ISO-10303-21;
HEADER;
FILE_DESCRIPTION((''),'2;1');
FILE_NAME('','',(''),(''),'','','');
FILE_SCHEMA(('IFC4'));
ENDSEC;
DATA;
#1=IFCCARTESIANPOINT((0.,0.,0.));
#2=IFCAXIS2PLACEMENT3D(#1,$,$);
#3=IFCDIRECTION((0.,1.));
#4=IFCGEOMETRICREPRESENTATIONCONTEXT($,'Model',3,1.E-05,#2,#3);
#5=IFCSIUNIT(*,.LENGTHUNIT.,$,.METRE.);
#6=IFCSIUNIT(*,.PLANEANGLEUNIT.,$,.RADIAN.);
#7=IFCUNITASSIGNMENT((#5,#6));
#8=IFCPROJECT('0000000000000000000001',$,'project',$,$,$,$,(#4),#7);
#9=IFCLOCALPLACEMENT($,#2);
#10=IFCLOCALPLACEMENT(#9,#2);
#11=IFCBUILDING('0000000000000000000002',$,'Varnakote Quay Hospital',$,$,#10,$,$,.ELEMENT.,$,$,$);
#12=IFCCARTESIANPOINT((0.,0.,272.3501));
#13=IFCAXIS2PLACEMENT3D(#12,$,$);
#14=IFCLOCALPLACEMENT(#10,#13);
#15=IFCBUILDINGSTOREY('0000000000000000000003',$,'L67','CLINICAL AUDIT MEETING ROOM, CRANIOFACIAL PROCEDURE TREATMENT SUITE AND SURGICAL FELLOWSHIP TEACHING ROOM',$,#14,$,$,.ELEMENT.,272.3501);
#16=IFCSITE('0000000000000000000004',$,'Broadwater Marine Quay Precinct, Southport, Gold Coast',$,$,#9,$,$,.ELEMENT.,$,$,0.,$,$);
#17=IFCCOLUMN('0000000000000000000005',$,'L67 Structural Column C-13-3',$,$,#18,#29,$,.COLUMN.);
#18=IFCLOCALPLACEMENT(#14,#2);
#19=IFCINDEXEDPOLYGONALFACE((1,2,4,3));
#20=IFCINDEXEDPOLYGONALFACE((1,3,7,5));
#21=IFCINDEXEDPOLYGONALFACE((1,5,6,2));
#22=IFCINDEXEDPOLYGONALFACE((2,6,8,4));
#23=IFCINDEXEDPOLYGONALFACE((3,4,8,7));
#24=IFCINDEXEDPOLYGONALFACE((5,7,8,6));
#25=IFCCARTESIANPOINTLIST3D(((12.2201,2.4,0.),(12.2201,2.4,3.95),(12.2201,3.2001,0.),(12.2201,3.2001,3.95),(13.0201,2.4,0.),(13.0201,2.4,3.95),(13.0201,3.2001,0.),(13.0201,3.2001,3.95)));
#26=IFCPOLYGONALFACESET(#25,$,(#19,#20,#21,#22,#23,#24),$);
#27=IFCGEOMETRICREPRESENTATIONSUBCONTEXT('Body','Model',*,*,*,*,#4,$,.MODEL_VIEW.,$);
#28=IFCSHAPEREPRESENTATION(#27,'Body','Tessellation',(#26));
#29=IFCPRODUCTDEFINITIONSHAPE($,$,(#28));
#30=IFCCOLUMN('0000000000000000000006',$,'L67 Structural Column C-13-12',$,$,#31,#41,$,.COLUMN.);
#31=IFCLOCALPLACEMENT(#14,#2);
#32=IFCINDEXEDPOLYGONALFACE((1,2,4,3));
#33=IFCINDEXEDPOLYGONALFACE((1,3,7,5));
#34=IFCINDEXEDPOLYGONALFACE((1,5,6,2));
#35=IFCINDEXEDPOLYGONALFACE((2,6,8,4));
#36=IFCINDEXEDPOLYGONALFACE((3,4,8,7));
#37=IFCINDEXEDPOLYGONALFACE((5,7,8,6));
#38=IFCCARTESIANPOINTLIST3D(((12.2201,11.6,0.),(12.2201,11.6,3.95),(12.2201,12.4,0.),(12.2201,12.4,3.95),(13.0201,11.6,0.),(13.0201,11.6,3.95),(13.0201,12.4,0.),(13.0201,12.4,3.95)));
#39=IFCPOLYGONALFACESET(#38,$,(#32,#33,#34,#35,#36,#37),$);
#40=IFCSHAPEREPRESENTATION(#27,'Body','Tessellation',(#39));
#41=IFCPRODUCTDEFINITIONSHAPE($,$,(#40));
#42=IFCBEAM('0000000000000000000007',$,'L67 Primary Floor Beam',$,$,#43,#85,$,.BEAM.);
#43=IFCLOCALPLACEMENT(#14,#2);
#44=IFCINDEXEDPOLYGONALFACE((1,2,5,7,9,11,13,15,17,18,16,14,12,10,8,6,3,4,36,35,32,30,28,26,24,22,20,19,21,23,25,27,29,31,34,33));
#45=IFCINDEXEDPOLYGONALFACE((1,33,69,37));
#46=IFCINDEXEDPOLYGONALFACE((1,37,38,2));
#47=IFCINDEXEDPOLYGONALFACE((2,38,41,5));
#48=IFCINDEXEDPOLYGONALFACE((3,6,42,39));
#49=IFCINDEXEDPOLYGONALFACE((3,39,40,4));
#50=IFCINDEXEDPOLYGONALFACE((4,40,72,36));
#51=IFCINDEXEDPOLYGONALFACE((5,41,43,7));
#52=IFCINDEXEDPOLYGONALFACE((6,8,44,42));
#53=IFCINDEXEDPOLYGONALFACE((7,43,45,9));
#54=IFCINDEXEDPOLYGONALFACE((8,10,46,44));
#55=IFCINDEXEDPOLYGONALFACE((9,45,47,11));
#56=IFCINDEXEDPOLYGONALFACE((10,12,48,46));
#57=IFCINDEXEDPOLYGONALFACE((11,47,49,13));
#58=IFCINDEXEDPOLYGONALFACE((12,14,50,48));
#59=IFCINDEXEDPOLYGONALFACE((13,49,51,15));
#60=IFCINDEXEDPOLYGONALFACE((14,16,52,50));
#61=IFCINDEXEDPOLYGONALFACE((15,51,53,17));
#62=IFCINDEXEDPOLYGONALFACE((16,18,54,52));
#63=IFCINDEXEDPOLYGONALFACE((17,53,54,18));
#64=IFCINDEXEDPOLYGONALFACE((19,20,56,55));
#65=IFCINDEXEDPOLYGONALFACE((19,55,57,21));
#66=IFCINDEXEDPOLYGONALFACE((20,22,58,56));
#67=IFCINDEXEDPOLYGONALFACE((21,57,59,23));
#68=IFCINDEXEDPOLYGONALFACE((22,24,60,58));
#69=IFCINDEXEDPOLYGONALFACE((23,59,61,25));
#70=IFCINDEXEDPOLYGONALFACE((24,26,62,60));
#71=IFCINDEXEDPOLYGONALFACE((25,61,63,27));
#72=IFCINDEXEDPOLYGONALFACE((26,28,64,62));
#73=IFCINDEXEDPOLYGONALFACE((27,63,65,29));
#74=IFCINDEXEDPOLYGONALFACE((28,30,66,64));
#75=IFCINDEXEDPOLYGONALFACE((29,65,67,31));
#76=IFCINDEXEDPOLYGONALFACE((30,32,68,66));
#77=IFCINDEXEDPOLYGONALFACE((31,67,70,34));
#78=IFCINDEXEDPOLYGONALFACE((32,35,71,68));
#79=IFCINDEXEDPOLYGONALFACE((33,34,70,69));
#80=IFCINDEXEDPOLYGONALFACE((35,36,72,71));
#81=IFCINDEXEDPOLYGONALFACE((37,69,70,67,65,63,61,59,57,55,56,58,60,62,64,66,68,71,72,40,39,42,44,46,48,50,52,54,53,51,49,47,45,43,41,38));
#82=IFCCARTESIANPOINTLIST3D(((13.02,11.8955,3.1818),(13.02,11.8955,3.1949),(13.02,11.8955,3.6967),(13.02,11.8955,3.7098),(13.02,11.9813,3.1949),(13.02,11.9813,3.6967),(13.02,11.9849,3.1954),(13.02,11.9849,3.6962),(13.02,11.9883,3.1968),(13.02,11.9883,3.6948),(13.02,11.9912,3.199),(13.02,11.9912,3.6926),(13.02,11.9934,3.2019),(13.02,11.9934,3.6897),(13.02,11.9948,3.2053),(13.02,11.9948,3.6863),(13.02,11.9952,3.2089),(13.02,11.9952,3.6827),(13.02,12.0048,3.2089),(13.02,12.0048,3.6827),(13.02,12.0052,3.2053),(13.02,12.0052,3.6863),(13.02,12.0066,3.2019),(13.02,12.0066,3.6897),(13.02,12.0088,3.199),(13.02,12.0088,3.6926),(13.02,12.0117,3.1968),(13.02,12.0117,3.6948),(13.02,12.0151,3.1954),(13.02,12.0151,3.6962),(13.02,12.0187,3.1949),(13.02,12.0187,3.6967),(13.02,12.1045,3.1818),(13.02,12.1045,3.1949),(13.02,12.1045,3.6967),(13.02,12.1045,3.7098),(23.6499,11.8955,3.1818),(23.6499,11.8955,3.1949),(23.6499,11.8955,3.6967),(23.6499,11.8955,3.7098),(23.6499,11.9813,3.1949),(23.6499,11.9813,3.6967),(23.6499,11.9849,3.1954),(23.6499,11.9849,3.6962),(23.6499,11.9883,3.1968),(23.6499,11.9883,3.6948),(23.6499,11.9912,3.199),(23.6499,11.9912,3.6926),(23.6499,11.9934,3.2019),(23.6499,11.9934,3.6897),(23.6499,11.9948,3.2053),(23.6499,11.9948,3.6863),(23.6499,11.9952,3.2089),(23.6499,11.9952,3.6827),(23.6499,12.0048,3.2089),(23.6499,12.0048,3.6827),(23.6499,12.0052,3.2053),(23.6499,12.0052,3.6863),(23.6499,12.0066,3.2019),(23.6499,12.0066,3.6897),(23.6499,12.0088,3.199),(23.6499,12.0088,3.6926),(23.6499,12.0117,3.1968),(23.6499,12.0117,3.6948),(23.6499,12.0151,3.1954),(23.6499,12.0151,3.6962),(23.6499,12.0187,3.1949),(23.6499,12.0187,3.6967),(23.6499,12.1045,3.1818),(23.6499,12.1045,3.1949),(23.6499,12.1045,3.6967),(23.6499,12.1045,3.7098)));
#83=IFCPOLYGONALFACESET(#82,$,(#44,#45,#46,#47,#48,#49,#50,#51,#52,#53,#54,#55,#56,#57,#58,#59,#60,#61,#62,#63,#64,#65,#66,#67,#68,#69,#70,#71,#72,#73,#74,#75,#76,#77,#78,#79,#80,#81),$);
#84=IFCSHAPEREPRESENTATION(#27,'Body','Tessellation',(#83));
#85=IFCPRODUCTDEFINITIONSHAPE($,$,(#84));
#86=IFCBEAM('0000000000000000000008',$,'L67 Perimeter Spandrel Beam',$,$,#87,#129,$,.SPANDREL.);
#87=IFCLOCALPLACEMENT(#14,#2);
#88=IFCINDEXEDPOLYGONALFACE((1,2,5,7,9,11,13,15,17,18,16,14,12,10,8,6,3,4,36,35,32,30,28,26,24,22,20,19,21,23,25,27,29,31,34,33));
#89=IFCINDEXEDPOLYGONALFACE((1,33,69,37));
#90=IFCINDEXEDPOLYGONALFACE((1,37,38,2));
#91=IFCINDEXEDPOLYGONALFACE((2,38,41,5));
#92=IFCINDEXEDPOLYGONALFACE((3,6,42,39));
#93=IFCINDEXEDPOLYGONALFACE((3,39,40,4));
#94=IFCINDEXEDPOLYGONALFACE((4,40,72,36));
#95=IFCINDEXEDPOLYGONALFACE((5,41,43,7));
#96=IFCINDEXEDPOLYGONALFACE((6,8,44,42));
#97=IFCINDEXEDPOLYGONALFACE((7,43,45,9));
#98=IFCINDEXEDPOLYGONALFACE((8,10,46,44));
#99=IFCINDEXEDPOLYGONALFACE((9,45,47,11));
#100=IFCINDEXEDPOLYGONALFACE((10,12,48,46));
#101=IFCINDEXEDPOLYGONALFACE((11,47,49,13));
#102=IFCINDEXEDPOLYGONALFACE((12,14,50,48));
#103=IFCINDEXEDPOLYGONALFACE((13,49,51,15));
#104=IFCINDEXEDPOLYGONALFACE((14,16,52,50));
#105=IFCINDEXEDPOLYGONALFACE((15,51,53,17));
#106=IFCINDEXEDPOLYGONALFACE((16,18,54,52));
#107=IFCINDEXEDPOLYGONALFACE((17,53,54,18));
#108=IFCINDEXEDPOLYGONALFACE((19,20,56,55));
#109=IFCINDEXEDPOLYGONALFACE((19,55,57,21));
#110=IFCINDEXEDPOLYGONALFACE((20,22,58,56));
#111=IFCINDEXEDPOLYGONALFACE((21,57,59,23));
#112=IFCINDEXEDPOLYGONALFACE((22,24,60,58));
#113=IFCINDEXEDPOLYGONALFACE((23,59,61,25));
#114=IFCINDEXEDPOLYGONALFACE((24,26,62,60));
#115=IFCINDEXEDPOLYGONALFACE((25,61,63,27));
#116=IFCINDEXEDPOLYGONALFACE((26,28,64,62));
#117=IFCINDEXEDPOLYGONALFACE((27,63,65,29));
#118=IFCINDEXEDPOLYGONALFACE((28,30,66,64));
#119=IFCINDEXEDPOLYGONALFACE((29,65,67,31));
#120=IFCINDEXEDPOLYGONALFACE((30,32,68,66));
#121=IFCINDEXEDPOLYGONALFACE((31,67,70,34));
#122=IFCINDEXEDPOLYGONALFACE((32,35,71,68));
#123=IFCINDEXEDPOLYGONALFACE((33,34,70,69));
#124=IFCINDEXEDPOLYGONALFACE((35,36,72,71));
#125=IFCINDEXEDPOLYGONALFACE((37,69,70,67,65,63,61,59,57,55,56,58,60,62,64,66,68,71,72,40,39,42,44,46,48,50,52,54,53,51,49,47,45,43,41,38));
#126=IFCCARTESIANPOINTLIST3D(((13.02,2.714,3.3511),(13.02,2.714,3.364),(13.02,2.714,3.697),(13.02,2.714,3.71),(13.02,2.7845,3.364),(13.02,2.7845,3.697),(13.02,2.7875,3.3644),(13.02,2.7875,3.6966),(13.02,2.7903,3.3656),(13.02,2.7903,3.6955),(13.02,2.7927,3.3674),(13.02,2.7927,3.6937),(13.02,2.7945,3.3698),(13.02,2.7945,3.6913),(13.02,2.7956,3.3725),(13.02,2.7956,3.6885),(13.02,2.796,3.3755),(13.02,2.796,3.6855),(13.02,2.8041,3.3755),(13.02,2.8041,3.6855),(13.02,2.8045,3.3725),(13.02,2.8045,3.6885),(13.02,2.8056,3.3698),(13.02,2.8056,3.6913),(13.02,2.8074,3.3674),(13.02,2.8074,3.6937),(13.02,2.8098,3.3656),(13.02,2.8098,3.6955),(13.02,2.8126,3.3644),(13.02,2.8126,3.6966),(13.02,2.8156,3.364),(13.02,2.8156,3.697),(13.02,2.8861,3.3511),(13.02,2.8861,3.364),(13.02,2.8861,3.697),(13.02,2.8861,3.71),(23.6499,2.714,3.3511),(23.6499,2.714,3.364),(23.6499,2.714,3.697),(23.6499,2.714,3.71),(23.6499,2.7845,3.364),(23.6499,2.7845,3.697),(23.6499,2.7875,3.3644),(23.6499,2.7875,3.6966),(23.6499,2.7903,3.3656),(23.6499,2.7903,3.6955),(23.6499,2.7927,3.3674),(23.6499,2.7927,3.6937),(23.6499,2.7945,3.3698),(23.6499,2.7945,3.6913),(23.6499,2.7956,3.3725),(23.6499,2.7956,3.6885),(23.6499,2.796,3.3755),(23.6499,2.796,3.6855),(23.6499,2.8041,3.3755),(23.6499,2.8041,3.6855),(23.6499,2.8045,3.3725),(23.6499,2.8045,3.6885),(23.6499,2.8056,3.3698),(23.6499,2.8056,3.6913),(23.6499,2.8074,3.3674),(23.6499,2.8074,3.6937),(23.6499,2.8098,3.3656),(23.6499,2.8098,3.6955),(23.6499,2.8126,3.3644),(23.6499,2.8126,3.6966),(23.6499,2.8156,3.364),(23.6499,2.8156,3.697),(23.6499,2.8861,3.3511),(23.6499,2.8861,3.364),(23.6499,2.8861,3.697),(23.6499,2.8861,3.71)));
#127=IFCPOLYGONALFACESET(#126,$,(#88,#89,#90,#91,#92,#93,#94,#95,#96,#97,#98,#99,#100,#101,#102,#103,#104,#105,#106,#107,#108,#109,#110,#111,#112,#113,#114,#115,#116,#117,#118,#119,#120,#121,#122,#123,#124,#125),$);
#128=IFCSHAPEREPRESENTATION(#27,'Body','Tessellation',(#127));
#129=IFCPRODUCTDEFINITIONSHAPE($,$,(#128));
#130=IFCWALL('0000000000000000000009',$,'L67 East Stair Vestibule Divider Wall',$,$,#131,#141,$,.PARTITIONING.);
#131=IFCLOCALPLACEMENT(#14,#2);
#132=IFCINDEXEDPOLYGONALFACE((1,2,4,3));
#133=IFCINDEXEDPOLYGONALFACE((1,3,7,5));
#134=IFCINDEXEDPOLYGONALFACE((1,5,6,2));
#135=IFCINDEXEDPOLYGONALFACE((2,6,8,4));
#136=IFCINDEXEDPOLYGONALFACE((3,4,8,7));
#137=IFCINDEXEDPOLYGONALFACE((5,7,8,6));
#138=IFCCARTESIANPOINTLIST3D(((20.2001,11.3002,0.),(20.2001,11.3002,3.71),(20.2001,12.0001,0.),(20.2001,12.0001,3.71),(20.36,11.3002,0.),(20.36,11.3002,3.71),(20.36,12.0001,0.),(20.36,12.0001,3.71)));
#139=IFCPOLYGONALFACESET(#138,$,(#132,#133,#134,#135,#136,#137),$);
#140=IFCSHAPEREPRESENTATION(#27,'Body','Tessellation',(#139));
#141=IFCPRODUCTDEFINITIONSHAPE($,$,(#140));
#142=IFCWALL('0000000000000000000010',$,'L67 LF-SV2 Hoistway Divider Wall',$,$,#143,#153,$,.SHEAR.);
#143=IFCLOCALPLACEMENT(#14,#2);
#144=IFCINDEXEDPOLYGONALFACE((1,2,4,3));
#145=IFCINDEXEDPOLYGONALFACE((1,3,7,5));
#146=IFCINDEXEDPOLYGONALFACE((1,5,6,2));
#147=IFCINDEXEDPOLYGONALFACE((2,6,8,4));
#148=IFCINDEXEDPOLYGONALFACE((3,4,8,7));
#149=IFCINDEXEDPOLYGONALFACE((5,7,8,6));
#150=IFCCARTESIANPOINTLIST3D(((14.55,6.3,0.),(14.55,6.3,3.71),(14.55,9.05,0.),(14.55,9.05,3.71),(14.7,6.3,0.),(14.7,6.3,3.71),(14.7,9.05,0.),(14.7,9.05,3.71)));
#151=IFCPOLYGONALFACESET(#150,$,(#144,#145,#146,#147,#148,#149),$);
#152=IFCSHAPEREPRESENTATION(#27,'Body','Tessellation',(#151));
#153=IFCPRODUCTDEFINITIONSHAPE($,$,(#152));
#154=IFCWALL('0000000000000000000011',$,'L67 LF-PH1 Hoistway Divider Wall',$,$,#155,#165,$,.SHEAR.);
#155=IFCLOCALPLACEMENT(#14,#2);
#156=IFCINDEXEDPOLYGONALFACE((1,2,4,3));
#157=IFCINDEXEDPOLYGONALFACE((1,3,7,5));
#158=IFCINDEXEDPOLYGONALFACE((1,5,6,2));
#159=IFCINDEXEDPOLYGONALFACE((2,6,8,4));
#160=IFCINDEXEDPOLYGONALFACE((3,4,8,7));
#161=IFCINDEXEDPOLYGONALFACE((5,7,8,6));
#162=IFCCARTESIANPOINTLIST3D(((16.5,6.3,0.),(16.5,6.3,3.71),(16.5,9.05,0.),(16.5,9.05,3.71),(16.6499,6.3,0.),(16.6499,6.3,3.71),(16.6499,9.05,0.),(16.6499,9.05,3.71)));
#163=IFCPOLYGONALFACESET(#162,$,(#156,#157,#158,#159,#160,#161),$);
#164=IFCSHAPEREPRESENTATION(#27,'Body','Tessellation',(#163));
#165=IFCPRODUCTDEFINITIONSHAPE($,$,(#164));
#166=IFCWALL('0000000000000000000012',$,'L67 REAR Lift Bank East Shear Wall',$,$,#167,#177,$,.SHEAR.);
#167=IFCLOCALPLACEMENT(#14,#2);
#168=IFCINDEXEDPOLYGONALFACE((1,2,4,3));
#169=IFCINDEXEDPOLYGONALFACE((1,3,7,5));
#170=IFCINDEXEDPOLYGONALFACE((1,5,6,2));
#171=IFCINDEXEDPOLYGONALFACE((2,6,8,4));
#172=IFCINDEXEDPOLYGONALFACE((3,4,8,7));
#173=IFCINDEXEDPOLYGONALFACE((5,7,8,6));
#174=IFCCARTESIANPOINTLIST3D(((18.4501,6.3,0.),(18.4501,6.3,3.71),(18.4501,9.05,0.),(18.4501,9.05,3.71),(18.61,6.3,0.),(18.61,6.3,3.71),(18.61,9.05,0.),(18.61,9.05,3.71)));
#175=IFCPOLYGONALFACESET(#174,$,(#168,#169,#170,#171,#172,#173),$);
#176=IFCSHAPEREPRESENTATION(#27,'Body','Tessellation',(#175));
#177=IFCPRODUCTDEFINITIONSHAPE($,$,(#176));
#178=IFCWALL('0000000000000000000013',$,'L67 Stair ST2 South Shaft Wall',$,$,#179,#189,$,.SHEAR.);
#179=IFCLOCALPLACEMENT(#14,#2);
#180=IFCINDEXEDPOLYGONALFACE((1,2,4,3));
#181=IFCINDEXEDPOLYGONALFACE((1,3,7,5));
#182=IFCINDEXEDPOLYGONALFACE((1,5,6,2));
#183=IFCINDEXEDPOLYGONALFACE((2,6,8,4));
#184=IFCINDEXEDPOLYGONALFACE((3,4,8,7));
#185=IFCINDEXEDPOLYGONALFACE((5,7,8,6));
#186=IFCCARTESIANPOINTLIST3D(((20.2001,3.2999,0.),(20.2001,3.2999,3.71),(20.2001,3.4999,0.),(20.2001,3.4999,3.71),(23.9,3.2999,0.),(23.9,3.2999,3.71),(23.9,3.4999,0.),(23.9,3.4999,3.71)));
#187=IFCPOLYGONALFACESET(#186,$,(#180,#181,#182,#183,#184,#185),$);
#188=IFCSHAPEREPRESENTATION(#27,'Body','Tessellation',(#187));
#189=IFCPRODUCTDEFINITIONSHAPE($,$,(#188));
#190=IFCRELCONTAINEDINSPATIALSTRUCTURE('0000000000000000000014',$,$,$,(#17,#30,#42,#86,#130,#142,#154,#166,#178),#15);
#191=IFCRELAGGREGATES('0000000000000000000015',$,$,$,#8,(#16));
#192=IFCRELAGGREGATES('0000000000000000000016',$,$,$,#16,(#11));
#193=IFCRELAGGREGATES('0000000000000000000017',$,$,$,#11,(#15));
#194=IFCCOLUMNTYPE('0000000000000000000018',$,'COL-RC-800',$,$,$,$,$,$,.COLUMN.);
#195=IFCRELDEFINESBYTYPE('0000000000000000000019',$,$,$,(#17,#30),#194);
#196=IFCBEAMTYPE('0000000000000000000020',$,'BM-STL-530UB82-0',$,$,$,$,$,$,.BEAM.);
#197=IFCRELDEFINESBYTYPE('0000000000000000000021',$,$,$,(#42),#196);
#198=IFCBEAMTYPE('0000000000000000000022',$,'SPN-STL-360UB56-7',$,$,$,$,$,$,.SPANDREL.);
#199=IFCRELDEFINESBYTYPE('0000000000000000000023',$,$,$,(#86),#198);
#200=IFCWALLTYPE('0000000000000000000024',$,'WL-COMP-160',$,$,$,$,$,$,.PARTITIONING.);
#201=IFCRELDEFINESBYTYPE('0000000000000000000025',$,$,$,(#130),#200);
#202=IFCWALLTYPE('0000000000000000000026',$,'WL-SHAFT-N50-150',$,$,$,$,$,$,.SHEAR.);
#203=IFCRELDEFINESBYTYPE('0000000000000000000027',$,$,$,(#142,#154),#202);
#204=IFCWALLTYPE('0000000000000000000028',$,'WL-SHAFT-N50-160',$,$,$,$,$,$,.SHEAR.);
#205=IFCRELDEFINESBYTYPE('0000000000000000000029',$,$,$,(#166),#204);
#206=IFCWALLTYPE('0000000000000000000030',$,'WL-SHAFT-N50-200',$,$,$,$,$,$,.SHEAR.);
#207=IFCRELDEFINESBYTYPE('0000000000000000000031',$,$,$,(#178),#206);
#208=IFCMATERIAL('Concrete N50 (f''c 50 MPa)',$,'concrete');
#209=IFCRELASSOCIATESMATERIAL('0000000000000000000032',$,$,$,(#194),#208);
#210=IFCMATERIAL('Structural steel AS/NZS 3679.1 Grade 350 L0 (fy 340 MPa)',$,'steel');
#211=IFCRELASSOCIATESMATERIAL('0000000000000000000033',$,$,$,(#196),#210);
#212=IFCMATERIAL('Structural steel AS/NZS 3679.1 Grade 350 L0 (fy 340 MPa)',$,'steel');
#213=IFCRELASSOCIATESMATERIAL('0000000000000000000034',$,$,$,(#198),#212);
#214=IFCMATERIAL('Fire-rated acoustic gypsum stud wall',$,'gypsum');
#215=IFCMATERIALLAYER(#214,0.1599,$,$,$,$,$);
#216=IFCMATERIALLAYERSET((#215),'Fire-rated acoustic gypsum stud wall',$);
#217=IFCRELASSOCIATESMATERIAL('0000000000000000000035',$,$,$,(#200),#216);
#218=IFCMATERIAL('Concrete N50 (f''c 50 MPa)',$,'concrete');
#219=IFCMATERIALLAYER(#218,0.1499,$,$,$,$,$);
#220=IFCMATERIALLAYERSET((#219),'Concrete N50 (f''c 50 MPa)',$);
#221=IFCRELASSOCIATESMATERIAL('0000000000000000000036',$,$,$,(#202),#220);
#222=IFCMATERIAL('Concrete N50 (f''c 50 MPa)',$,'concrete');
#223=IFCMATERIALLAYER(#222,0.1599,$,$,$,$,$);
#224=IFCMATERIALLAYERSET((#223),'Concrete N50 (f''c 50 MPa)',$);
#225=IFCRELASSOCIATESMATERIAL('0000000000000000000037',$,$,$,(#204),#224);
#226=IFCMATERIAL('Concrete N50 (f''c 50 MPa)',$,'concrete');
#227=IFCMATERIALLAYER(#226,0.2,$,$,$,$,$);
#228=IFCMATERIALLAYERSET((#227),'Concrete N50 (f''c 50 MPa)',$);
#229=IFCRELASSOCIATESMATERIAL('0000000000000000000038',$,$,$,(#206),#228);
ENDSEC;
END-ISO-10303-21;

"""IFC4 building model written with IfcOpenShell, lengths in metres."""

from ifc_helpers import new_model, si_unit, direction, frame, frame_2d, origin, origin_2d, place, context, subcontext, project, spatial, rectangle, i_section, extrude, material, layer, layer_set, material_profile, profile_set, type_object, element, save


model = new_model("IFC4")

# Units and contexts
model_context = context("Model", 3, precision=1e-05, world=origin(), true_north=direction((0.0, 1.0)))
body_context = subcontext(model_context, "Body", "Model", "MODEL_VIEW")
ifc_project = project(units=[si_unit("LENGTHUNIT", "METRE"), si_unit("PLANEANGLEUNIT", "RADIAN")], contexts=[model_context])

# Site, building, storey
site_placement = place(None, origin())
site = spatial("IfcSite", under=ifc_project, at=site_placement, Name="Broadwater Marine Quay Precinct, Southport, Gold Coast", CompositionType="ELEMENT", RefElevation=0.0)
building_placement = place(site_placement, origin())
building = spatial("IfcBuilding", under=site, at=building_placement, Name="Varnakote Quay Hospital", CompositionType="ELEMENT")
storey_placement = place(building_placement, frame((0.0, 0.0, 272.3501)))
storey = spatial("IfcBuildingStorey", under=building, at=storey_placement, Name="L67", Description="CLINICAL AUDIT MEETING ROOM, CRANIOFACIAL PROCEDURE TREATMENT SUITE AND SURGICAL FELLOWSHIP TEACHING ROOM", CompositionType="ELEMENT", Elevation=272.3501)

# Columns
ifc_material_1 = material(Name="Concrete N50 (f'c 50 MPa)", Category="concrete")
ifc_material_profile_1 = material_profile(ifc_material_1, rectangle(XDim=0.8, YDim=0.8, at=origin_2d()), Name="RC-COL-800x800")
ifc_profile_set_1 = profile_set([ifc_material_profile_1], Name="Concrete N50 (f'c 50 MPa)")
column_type = type_object("IfcColumnType", Name="COL-RC-800", PredefinedType="COLUMN", material=ifc_profile_set_1)
for number, where, z_axis, x_axis, name in (
    (1, (12.6201, 2.8, 0.0), (0.0, 0.0, 1.0), (1.0, 0.0, 0.0), "L67 Structural Column C-13-3"),
    (2, (12.6201, 12.0, 0.0), (0.0, 0.0, 1.0), (1.0, 0.0, 0.0), "L67 Structural Column C-13-12"),
):
    element("IfcColumn", number, at=place(storey_placement, frame(where, z_axis=z_axis, x_axis=x_axis)), inside=storey, type_object=column_type, Name=name, PredefinedType="COLUMN", context=body_context, shape_type="SweptSolid", body=[
        extrude(rectangle(XDim=0.8, YDim=0.8, at=origin_2d()), origin(), (0.0, 0.0, 1.0), 3.95),
    ])

# Beams
ifc_material_2 = material(Name="Structural steel AS/NZS 3679.1 Grade 350 L0 (fy 340 MPa)", Category="steel")
ifc_material_profile_2 = material_profile(ifc_material_2, i_section(OverallWidth=0.209, OverallDepth=0.5281, WebThickness=0.0095, FlangeThickness=0.0132, FilletRadius=0.0139, at=origin_2d()), Name="530UB82.0")
ifc_profile_set_2 = profile_set([ifc_material_profile_2], Name="Structural steel AS/NZS 3679.1 Grade 350 L0 (fy 340 MPa)")
beam_type_1 = type_object("IfcBeamType", Name="BM-STL-530UB82-0", PredefinedType="BEAM", material=ifc_profile_set_2)
beam_1_placement = place(storey_placement, frame((13.02, 12.0, 3.4458), z_axis=(1.0, 0.0, 0.0), x_axis=(0.0, 1.0, 0.0)))
element("IfcBeam", 3, at=beam_1_placement, inside=storey, type_object=beam_type_1, Name="L67 Primary Floor Beam", PredefinedType="BEAM", context=body_context, shape_type="SweptSolid", body=[
    extrude(i_section(OverallWidth=0.209, OverallDepth=0.5281, WebThickness=0.0095, FlangeThickness=0.0132, FilletRadius=0.0139, at=origin_2d()), origin(), (0.0, 0.0, 1.0), 10.6299),
])
ifc_material_3 = material(Name="Structural steel AS/NZS 3679.1 Grade 350 L0 (fy 340 MPa)", Category="steel")
ifc_material_profile_3 = material_profile(ifc_material_3, i_section(OverallWidth=0.1721, OverallDepth=0.3589, WebThickness=0.0081, FlangeThickness=0.0129, FilletRadius=0.0115, at=origin_2d()), Name="360UB56.7")
ifc_profile_set_3 = profile_set([ifc_material_profile_3], Name="Structural steel AS/NZS 3679.1 Grade 350 L0 (fy 340 MPa)")
beam_type_2 = type_object("IfcBeamType", Name="SPN-STL-360UB56-7", PredefinedType="SPANDREL", material=ifc_profile_set_3)
beam_2_placement = place(storey_placement, frame((13.02, 2.8, 3.5305), z_axis=(1.0, 0.0, 0.0), x_axis=(0.0, 1.0, 0.0)))
element("IfcBeam", 4, at=beam_2_placement, inside=storey, type_object=beam_type_2, Name="L67 Perimeter Spandrel Beam", PredefinedType="SPANDREL", context=body_context, shape_type="SweptSolid", body=[
    extrude(i_section(OverallWidth=0.1721, OverallDepth=0.3589, WebThickness=0.0081, FlangeThickness=0.0129, FilletRadius=0.0115, at=origin_2d()), origin(), (0.0, 0.0, 1.0), 10.6299),
])

# Walls
ifc_material_4 = material(Name="Fire-rated acoustic gypsum stud wall", Category="gypsum")
ifc_layer_1 = layer(ifc_material_4, 0.1599)
ifc_layer_set_1 = layer_set([ifc_layer_1], Name="Fire-rated acoustic gypsum stud wall")
wall_type_1 = type_object("IfcWallType", Name="WL-COMP-160", PredefinedType="PARTITIONING", material=ifc_layer_set_1)
wall_1_placement = place(storey_placement, frame((20.28, 11.3, 0.0), z_axis=(0.0, 0.0, 1.0), x_axis=(0.0, 1.0, 0.0)))
element("IfcWall", 5, at=wall_1_placement, inside=storey, type_object=wall_type_1, Name="L67 East Stair Vestibule Divider Wall", PredefinedType="PARTITIONING", context=body_context, shape_type="SweptSolid", body=[
    extrude(rectangle(XDim=0.7, YDim=0.1599, at=frame_2d((0.3501, 0.0))), origin(), (0.0, 0.0, 1.0), 3.71),
])
ifc_material_5 = material(Name="Concrete N50 (f'c 50 MPa)", Category="concrete")
ifc_layer_2 = layer(ifc_material_5, 0.1499)
ifc_layer_set_2 = layer_set([ifc_layer_2], Name="Concrete N50 (f'c 50 MPa)")
wall_type_2 = type_object("IfcWallType", Name="WL-SHAFT-N50-150", PredefinedType="SHEAR", material=ifc_layer_set_2)
for number, where, z_axis, x_axis, name in (
    (6, (14.625, 6.3, 0.0), (0.0, 0.0, 1.0), (0.0, 1.0, 0.0), "L67 LF-SV2 Hoistway Divider Wall"),
    (7, (16.575, 6.3, 0.0), (0.0, 0.0, 1.0), (0.0, 1.0, 0.0), "L67 LF-PH1 Hoistway Divider Wall"),
):
    element("IfcWall", number, at=place(storey_placement, frame(where, z_axis=z_axis, x_axis=x_axis)), inside=storey, type_object=wall_type_2, Name=name, PredefinedType="SHEAR", context=body_context, shape_type="SweptSolid", body=[
        extrude(rectangle(XDim=2.75, YDim=0.1499, at=frame_2d((1.375, 0.0))), origin(), (0.0, 0.0, 1.0), 3.71),
    ])
ifc_material_6 = material(Name="Concrete N50 (f'c 50 MPa)", Category="concrete")
ifc_layer_3 = layer(ifc_material_6, 0.1599)
ifc_layer_set_3 = layer_set([ifc_layer_3], Name="Concrete N50 (f'c 50 MPa)")
wall_type_3 = type_object("IfcWallType", Name="WL-SHAFT-N50-160", PredefinedType="SHEAR", material=ifc_layer_set_3)
wall_2_placement = place(storey_placement, frame((18.53, 6.3, 0.0), z_axis=(0.0, 0.0, 1.0), x_axis=(0.0, 1.0, 0.0)))
element("IfcWall", 8, at=wall_2_placement, inside=storey, type_object=wall_type_3, Name="L67 REAR Lift Bank East Shear Wall", PredefinedType="SHEAR", context=body_context, shape_type="SweptSolid", body=[
    extrude(rectangle(XDim=2.75, YDim=0.1599, at=frame_2d((1.375, 0.0))), origin(), (0.0, 0.0, 1.0), 3.71),
])

# Wall
ifc_material_7 = material(Name="Concrete N50 (f'c 50 MPa)", Category="concrete")
ifc_layer_4 = layer(ifc_material_7, 0.2)
ifc_layer_set_4 = layer_set([ifc_layer_4], Name="Concrete N50 (f'c 50 MPa)")
wall_type_4 = type_object("IfcWallType", Name="WL-SHAFT-N50-200", PredefinedType="SHEAR", material=ifc_layer_set_4)
wall_3_placement = place(storey_placement, frame((20.2, 3.3999, 0.0), z_axis=(0.0, 0.0, 1.0), x_axis=(1.0, 0.0, 0.0)))
element("IfcWall", 9, at=wall_3_placement, inside=storey, type_object=wall_type_4, Name="L67 Stair ST2 South Shaft Wall", PredefinedType="SHEAR", context=body_context, shape_type="SweptSolid", body=[
    extrude(rectangle(XDim=3.7, YDim=0.2, at=frame_2d((1.8501, 0.0))), origin(), (0.0, 0.0, 1.0), 3.71),
])

save(model, "model.ifc")
